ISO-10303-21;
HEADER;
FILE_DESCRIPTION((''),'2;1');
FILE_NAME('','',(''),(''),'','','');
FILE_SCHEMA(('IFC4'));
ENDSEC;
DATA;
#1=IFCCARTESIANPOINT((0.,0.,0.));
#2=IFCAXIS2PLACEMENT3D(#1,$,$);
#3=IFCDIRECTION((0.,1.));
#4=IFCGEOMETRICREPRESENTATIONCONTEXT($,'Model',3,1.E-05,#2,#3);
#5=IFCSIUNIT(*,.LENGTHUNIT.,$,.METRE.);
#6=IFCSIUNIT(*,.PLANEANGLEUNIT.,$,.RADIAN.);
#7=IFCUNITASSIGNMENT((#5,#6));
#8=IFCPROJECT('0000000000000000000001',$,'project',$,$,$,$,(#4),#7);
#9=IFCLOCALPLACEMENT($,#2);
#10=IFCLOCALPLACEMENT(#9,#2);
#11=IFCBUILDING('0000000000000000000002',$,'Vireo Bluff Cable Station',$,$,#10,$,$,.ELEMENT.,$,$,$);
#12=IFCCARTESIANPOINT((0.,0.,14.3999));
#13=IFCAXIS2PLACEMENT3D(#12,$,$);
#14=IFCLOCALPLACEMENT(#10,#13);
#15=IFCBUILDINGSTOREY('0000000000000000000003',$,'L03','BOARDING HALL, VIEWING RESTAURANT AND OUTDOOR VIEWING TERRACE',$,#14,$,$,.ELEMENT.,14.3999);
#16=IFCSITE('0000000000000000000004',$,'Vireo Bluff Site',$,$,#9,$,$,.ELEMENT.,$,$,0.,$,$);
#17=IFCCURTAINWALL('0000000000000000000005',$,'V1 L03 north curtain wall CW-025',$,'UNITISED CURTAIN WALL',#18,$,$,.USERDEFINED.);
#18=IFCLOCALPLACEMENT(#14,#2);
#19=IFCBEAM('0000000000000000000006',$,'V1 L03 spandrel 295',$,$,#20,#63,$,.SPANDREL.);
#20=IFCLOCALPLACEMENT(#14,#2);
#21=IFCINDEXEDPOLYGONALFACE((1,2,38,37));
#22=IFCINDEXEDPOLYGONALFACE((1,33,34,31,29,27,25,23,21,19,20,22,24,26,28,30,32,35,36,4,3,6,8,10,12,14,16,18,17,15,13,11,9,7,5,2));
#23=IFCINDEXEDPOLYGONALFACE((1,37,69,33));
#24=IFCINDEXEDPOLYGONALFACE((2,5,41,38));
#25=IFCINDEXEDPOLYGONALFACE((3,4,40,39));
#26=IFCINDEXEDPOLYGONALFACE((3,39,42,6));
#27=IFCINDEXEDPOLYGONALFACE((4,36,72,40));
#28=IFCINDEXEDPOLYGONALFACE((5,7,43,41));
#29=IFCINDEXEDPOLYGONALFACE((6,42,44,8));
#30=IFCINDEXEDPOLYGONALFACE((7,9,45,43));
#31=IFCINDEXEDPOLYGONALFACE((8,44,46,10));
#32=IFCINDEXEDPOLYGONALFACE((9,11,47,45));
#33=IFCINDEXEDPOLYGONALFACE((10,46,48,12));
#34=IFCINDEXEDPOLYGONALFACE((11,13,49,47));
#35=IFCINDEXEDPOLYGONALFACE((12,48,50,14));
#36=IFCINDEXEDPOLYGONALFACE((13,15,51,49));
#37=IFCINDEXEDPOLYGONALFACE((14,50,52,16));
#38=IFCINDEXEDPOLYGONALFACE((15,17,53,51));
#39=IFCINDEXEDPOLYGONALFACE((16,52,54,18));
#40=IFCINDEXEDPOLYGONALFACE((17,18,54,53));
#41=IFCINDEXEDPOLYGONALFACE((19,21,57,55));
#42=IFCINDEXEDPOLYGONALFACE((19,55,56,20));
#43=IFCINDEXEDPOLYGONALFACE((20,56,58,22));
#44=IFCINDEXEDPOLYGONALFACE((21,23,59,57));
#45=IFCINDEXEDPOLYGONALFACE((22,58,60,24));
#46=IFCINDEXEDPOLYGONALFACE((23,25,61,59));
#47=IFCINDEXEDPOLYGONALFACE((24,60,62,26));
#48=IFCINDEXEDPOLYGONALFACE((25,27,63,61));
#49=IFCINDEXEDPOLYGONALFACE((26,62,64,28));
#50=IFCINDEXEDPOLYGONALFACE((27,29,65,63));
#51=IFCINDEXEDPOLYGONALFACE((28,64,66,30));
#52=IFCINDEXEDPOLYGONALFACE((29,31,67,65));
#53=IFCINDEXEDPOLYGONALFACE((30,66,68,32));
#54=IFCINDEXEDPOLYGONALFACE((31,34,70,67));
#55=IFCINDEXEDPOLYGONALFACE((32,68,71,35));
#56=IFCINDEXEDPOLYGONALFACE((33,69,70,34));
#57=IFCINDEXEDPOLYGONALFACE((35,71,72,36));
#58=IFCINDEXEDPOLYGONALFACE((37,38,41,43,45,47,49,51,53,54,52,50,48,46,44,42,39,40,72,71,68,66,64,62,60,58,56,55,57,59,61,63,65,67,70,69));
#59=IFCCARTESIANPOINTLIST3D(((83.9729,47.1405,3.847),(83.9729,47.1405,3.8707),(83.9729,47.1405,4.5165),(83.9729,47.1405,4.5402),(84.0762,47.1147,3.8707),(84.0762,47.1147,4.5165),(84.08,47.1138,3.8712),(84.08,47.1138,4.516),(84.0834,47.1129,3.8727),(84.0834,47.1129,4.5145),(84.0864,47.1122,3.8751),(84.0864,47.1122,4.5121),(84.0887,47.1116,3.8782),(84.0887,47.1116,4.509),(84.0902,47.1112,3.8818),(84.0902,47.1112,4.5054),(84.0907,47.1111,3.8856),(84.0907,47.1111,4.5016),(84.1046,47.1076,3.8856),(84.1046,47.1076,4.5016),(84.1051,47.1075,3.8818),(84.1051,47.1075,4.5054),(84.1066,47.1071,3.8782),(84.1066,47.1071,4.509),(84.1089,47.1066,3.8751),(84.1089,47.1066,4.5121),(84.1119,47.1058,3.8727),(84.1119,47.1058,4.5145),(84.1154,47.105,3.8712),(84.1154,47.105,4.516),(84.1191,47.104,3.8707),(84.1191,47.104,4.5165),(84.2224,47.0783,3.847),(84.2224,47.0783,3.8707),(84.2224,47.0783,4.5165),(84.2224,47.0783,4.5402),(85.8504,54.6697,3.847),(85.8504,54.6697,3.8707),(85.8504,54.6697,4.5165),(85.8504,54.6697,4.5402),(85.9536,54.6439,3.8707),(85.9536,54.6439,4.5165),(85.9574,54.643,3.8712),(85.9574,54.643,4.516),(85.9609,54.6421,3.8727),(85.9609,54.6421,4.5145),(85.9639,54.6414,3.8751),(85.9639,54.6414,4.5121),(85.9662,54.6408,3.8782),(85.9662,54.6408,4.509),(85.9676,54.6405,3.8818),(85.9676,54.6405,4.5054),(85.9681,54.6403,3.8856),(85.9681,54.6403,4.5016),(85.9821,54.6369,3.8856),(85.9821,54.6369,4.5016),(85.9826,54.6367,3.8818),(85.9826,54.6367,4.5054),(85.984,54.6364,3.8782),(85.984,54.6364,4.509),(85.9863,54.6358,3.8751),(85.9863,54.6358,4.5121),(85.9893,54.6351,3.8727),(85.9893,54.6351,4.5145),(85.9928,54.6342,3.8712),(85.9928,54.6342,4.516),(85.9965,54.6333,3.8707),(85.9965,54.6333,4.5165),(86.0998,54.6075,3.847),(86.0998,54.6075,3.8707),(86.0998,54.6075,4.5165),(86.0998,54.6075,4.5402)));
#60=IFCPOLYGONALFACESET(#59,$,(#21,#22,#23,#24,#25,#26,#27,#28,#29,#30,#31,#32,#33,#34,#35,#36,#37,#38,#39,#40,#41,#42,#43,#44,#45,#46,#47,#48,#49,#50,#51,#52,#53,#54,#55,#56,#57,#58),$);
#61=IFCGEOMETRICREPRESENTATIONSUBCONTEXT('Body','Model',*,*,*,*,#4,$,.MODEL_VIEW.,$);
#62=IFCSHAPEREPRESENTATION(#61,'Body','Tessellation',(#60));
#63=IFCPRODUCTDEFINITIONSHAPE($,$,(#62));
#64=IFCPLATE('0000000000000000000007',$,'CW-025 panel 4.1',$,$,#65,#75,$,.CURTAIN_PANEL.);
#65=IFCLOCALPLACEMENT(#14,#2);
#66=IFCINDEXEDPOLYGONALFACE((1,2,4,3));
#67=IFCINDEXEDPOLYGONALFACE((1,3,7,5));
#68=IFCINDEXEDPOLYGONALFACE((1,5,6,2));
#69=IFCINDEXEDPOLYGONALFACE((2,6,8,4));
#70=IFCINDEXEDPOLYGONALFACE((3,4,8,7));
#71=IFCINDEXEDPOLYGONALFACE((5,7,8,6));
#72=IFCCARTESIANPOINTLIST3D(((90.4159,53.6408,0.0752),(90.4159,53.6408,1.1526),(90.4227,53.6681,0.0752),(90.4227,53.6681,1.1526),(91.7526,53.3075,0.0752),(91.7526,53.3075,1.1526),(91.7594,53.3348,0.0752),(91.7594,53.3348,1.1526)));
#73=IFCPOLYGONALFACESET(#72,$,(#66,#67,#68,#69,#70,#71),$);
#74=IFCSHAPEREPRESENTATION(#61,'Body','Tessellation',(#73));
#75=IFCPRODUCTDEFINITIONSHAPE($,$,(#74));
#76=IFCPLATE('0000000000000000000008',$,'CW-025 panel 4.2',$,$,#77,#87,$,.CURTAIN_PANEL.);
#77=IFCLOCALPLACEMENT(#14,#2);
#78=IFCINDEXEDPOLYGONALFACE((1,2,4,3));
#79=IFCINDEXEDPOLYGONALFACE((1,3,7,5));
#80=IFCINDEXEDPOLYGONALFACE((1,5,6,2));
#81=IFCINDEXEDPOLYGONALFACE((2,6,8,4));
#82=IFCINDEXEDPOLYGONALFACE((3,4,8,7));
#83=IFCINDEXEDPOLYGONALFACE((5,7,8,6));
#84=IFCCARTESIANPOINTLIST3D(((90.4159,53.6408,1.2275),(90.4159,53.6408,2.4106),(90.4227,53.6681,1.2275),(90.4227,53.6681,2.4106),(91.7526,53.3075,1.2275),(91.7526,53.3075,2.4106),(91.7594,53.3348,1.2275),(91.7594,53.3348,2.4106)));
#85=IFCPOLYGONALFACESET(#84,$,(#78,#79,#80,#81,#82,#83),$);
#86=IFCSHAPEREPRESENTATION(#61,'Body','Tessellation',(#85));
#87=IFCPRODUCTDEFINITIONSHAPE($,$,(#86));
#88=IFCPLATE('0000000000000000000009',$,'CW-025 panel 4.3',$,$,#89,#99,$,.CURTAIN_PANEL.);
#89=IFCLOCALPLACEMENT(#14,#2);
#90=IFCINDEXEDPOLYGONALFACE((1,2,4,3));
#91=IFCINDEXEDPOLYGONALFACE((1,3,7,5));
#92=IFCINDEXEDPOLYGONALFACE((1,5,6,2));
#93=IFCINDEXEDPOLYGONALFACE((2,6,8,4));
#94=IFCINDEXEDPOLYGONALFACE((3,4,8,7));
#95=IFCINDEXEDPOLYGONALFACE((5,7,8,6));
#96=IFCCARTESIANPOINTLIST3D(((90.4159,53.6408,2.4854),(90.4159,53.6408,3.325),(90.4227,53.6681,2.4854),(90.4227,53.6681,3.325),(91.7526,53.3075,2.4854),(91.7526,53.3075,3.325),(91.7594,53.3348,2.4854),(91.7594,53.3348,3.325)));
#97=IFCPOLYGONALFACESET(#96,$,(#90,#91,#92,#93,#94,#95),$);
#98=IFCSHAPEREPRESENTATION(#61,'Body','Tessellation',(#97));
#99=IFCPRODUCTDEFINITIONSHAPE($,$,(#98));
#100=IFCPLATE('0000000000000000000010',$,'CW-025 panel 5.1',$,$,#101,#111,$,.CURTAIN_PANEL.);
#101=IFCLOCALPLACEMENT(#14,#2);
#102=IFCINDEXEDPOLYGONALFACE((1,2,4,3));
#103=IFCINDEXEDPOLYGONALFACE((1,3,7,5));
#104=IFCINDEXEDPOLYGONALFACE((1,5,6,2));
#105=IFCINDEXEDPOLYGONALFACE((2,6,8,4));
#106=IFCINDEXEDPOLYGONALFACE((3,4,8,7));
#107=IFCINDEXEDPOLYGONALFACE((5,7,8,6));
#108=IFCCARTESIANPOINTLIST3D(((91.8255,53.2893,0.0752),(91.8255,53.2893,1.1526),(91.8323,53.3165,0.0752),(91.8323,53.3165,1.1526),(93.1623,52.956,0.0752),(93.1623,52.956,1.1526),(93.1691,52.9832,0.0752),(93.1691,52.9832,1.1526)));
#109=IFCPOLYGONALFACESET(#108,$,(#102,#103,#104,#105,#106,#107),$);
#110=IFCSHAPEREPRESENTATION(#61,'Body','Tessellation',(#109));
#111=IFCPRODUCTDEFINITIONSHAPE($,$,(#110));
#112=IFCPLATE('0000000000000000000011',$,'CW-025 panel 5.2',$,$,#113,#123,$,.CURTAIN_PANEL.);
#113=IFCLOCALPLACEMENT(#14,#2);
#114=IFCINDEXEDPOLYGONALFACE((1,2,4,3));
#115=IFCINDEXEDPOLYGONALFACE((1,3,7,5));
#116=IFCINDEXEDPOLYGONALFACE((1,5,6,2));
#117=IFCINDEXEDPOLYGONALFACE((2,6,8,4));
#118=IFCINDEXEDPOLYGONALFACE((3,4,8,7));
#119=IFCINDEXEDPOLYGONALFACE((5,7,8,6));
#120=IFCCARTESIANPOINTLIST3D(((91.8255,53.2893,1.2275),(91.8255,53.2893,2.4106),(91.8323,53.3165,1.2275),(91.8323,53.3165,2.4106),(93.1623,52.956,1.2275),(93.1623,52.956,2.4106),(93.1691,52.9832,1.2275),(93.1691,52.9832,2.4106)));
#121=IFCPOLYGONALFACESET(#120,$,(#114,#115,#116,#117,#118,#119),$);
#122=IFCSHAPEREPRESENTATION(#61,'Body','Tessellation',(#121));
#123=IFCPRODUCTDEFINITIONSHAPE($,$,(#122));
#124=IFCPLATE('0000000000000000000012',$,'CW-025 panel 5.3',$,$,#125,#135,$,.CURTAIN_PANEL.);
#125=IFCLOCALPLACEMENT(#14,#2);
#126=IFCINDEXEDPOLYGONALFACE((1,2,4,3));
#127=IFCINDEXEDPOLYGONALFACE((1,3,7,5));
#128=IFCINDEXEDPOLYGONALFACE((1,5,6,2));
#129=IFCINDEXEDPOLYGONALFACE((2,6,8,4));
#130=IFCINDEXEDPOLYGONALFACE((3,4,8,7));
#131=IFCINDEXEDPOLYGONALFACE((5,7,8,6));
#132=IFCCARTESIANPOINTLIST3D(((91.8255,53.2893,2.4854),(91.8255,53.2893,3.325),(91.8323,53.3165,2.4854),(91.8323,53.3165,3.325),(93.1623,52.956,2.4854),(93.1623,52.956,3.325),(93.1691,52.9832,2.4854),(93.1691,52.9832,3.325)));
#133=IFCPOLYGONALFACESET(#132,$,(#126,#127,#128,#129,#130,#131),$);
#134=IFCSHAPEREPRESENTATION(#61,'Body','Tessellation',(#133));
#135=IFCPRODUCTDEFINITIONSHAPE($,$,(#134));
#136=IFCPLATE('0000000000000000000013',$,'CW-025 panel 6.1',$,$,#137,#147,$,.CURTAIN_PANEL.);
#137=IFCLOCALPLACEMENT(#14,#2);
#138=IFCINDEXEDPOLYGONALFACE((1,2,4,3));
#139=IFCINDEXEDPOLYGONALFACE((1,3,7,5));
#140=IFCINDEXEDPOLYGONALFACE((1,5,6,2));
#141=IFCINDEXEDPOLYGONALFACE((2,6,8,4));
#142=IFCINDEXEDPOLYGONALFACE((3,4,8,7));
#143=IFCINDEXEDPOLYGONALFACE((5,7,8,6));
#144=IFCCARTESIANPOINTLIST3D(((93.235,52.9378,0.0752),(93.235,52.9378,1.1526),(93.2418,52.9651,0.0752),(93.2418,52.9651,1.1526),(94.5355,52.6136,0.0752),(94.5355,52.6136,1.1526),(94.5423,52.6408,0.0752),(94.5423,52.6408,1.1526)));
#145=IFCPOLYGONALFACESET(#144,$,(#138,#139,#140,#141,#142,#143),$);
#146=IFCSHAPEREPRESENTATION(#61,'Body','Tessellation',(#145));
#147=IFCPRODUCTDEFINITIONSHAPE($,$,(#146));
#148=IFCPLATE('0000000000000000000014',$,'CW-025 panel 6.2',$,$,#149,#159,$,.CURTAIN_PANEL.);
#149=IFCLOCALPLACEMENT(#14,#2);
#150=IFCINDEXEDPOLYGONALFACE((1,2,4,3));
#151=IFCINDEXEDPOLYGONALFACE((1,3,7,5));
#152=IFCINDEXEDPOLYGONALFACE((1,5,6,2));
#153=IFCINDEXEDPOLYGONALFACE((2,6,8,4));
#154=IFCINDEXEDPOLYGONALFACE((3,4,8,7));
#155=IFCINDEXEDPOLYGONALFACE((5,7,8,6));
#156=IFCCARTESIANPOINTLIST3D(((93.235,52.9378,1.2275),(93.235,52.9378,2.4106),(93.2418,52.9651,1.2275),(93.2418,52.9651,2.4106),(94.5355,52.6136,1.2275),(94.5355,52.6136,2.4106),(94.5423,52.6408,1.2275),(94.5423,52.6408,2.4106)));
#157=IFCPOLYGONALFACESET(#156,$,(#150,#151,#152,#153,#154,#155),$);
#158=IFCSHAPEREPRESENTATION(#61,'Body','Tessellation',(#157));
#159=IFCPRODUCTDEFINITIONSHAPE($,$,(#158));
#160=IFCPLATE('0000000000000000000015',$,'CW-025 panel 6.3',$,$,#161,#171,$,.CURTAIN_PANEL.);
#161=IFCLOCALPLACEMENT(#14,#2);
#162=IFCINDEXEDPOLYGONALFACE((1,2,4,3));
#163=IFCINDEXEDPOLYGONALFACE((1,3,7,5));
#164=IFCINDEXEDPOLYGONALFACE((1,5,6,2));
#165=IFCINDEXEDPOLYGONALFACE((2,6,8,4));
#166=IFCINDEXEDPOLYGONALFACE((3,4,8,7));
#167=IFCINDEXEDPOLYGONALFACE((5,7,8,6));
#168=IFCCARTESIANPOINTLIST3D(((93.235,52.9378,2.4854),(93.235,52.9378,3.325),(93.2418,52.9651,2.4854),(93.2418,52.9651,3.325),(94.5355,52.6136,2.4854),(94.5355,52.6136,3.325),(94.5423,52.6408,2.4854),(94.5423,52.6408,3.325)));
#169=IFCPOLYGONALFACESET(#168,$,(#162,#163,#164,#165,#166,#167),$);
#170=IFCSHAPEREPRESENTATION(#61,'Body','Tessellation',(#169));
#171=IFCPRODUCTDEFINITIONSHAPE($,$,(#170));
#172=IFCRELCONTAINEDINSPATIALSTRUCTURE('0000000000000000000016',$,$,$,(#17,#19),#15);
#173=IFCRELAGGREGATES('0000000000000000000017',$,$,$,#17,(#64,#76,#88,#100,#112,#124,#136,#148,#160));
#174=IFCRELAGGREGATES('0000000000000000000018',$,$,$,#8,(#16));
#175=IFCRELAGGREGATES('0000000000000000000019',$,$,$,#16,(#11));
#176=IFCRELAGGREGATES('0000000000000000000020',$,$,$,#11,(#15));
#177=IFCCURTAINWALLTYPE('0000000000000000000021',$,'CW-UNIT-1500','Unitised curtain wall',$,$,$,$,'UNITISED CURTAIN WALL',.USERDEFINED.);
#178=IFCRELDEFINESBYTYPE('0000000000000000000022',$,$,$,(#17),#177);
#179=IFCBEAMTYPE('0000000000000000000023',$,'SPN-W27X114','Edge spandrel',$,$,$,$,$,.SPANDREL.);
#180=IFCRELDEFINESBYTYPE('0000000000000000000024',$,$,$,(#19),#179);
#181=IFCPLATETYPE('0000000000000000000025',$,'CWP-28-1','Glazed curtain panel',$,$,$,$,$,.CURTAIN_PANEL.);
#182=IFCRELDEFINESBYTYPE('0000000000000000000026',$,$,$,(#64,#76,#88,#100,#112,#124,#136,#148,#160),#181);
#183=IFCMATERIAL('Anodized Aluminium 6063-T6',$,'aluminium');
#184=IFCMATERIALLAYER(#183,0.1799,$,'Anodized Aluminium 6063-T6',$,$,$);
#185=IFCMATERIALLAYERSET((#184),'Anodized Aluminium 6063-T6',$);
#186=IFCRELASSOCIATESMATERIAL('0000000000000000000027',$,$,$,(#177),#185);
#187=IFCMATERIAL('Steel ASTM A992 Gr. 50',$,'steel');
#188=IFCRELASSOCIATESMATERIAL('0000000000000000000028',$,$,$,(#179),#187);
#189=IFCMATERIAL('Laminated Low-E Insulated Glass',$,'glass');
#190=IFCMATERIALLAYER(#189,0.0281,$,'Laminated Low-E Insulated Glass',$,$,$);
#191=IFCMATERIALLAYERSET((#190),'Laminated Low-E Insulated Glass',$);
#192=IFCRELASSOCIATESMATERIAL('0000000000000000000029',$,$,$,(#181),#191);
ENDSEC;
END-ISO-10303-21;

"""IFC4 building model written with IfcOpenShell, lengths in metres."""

from ifc_helpers import new_model, si_unit, direction, frame, origin, origin_2d, place, context, subcontext, project, spatial, rectangle, i_section, extrude, material, layer, layer_set, material_profile, profile_set, type_object, element, aggregate, save


model = new_model("IFC4")

# Units and contexts
model_context = context("Model", 3, precision=1e-05, world=origin(), true_north=direction((0.0, 1.0)))
body_context = subcontext(model_context, "Body", "Model", "MODEL_VIEW")
ifc_project = project(units=[si_unit("LENGTHUNIT", "METRE"), si_unit("PLANEANGLEUNIT", "RADIAN")], contexts=[model_context])

# Site, building, storey
site_placement = place(None, origin())
site = spatial("IfcSite", under=ifc_project, at=site_placement, Name="Vireo Bluff Site", CompositionType="ELEMENT", RefElevation=0.0)
building_placement = place(site_placement, origin())
building = spatial("IfcBuilding", under=site, at=building_placement, Name="Vireo Bluff Cable Station", CompositionType="ELEMENT")
storey_placement = place(building_placement, frame((0.0, 0.0, 14.3999)))
storey = spatial("IfcBuildingStorey", under=building, at=storey_placement, Name="L03", Description="BOARDING HALL, VIEWING RESTAURANT AND OUTDOOR VIEWING TERRACE", CompositionType="ELEMENT", Elevation=14.3999)

# Shared definitions
ifc_material_1 = material(Name="Steel ASTM A992 Gr. 50", Category="steel")

# Curtain wall
ifc_material_2 = material(Name="Anodized Aluminium 6063-T6", Category="aluminium")
ifc_layer_1 = layer(ifc_material_2, 0.1799, Name="Anodized Aluminium 6063-T6")
ifc_layer_set_1 = layer_set([ifc_layer_1], Name="Anodized Aluminium 6063-T6")
curtain_wall_type = type_object("IfcCurtainWallType", Name="CW-UNIT-1500", Description="Unitised curtain wall", ElementType="UNITISED CURTAIN WALL", PredefinedType="USERDEFINED", material=ifc_layer_set_1)
curtain_wall_placement = place(storey_placement, origin())
curtain_wall = element("IfcCurtainWall", 1, at=curtain_wall_placement, inside=storey, type_object=curtain_wall_type, Name="V1 L03 north curtain wall CW-025", ObjectType="UNITISED CURTAIN WALL", PredefinedType="USERDEFINED")

# Beam
ifc_material_profile_1 = material_profile(ifc_material_1, i_section(OverallWidth=0.2571, OverallDepth=0.6931, WebThickness=0.0144, FlangeThickness=0.0237, FilletRadius=0.0149, at=origin_2d()), Name="W27X114")
ifc_profile_set_1 = profile_set([ifc_material_profile_1], Name="Steel ASTM A992 Gr. 50")
beam_type = type_object("IfcBeamType", Name="SPN-W27X114", Description="Edge spandrel", PredefinedType="SPANDREL", material=ifc_profile_set_1)
beam_placement = place(storey_placement, frame((84.0977, 47.1094, 4.1936), z_axis=(0.241943, 0.97029, 0.0), x_axis=(-0.97029, 0.241943, 0.0)))
element("IfcBeam", 2, at=beam_placement, inside=storey, type_object=beam_type, Name="V1 L03 spandrel 295", PredefinedType="SPANDREL", context=body_context, shape_type="SweptSolid", body=[
    extrude(i_section(OverallWidth=0.2571, OverallDepth=0.6931, WebThickness=0.0144, FlangeThickness=0.0237, FilletRadius=0.0149, at=origin_2d()), origin(), (0.0, 0.0, 1.0), 7.7598),
])

# Plates
ifc_material_3 = material(Name="Laminated Low-E Insulated Glass", Category="glass")
ifc_layer_2 = layer(ifc_material_3, 0.0281, Name="Laminated Low-E Insulated Glass")
ifc_layer_set_2 = layer_set([ifc_layer_2], Name="Laminated Low-E Insulated Glass")
plate_type = type_object("IfcPlateType", Name="CWP-28-1", Description="Glazed curtain panel", PredefinedType="CURTAIN_PANEL", material=ifc_layer_set_2)
plate_1_placement = place(storey_placement, frame((91.0876, 53.4878, 0.0752), z_axis=(0.0, 0.0, 1.0), x_axis=(0.970296, -0.241922, 0.0)))
plate_1 = element("IfcPlate", 3, at=plate_1_placement, type_object=plate_type, Name="CW-025 panel 4.1", PredefinedType="CURTAIN_PANEL", context=body_context, shape_type="SweptSolid", body=[
    extrude(rectangle(XDim=1.3777, YDim=0.0281, at=origin_2d()), origin(), (0.0, 0.0, 1.0), 1.0774),
])
plate_2_placement = place(storey_placement, frame((91.0876, 53.4878, 1.2275), z_axis=(0.0, 0.0, 1.0), x_axis=(0.970296, -0.241922, 0.0)))
plate_2 = element("IfcPlate", 4, at=plate_2_placement, type_object=plate_type, Name="CW-025 panel 4.2", PredefinedType="CURTAIN_PANEL", context=body_context, shape_type="SweptSolid", body=[
    extrude(rectangle(XDim=1.3777, YDim=0.0281, at=origin_2d()), origin(), (0.0, 0.0, 1.0), 1.1831),
])
plate_3_placement = place(storey_placement, frame((91.0876, 53.4878, 2.4854), z_axis=(0.0, 0.0, 1.0), x_axis=(0.970296, -0.241922, 0.0)))
plate_3 = element("IfcPlate", 5, at=plate_3_placement, type_object=plate_type, Name="CW-025 panel 4.3", PredefinedType="CURTAIN_PANEL", context=body_context, shape_type="SweptSolid", body=[
    extrude(rectangle(XDim=1.3777, YDim=0.0281, at=origin_2d()), origin(), (0.0, 0.0, 1.0), 0.8396),
])
plate_4_placement = place(storey_placement, frame((92.4973, 53.1362, 0.0752), z_axis=(0.0, 0.0, 1.0), x_axis=(0.970296, -0.241922, 0.0)))
plate_4 = element("IfcPlate", 6, at=plate_4_placement, type_object=plate_type, Name="CW-025 panel 5.1", PredefinedType="CURTAIN_PANEL", context=body_context, shape_type="SweptSolid", body=[
    extrude(rectangle(XDim=1.3777, YDim=0.0281, at=origin_2d()), origin(), (0.0, 0.0, 1.0), 1.0774),
])
plate_5_placement = place(storey_placement, frame((92.4973, 53.1362, 1.2275), z_axis=(0.0, 0.0, 1.0), x_axis=(0.970296, -0.241922, 0.0)))
plate_5 = element("IfcPlate", 7, at=plate_5_placement, type_object=plate_type, Name="CW-025 panel 5.2", PredefinedType="CURTAIN_PANEL", context=body_context, shape_type="SweptSolid", body=[
    extrude(rectangle(XDim=1.3777, YDim=0.0281, at=origin_2d()), origin(), (0.0, 0.0, 1.0), 1.1831),
])
plate_6_placement = place(storey_placement, frame((92.4973, 53.1362, 2.4854), z_axis=(0.0, 0.0, 1.0), x_axis=(0.970296, -0.241922, 0.0)))
plate_6 = element("IfcPlate", 8, at=plate_6_placement, type_object=plate_type, Name="CW-025 panel 5.3", PredefinedType="CURTAIN_PANEL", context=body_context, shape_type="SweptSolid", body=[
    extrude(rectangle(XDim=1.3777, YDim=0.0281, at=origin_2d()), origin(), (0.0, 0.0, 1.0), 0.8396),
])
plate_7_placement = place(storey_placement, frame((93.8887, 52.7893, 0.0752), z_axis=(0.0, 0.0, 1.0), x_axis=(0.970296, -0.241922, 0.0)))
plate_7 = element("IfcPlate", 9, at=plate_7_placement, type_object=plate_type, Name="CW-025 panel 6.1", PredefinedType="CURTAIN_PANEL", context=body_context, shape_type="SweptSolid", body=[
    extrude(rectangle(XDim=1.3403, YDim=0.0281, at=origin_2d()), origin(), (0.0, 0.0, 1.0), 1.0774),
])
plate_8_placement = place(storey_placement, frame((93.8887, 52.7893, 1.2275), z_axis=(0.0, 0.0, 1.0), x_axis=(0.970296, -0.241922, 0.0)))
plate_8 = element("IfcPlate", 10, at=plate_8_placement, type_object=plate_type, Name="CW-025 panel 6.2", PredefinedType="CURTAIN_PANEL", context=body_context, shape_type="SweptSolid", body=[
    extrude(rectangle(XDim=1.3403, YDim=0.0281, at=origin_2d()), origin(), (0.0, 0.0, 1.0), 1.1831),
])
plate_9_placement = place(storey_placement, frame((93.8887, 52.7893, 2.4854), z_axis=(0.0, 0.0, 1.0), x_axis=(0.970296, -0.241922, 0.0)))
plate_9 = element("IfcPlate", 11, at=plate_9_placement, type_object=plate_type, Name="CW-025 panel 6.3", PredefinedType="CURTAIN_PANEL", context=body_context, shape_type="SweptSolid", body=[
    extrude(rectangle(XDim=1.3403, YDim=0.0281, at=origin_2d()), origin(), (0.0, 0.0, 1.0), 0.8396),
])
aggregate(curtain_wall, [plate_1, plate_2, plate_3, plate_4, plate_5, plate_6, plate_7, plate_8, plate_9])

save(model, "model.ifc")
